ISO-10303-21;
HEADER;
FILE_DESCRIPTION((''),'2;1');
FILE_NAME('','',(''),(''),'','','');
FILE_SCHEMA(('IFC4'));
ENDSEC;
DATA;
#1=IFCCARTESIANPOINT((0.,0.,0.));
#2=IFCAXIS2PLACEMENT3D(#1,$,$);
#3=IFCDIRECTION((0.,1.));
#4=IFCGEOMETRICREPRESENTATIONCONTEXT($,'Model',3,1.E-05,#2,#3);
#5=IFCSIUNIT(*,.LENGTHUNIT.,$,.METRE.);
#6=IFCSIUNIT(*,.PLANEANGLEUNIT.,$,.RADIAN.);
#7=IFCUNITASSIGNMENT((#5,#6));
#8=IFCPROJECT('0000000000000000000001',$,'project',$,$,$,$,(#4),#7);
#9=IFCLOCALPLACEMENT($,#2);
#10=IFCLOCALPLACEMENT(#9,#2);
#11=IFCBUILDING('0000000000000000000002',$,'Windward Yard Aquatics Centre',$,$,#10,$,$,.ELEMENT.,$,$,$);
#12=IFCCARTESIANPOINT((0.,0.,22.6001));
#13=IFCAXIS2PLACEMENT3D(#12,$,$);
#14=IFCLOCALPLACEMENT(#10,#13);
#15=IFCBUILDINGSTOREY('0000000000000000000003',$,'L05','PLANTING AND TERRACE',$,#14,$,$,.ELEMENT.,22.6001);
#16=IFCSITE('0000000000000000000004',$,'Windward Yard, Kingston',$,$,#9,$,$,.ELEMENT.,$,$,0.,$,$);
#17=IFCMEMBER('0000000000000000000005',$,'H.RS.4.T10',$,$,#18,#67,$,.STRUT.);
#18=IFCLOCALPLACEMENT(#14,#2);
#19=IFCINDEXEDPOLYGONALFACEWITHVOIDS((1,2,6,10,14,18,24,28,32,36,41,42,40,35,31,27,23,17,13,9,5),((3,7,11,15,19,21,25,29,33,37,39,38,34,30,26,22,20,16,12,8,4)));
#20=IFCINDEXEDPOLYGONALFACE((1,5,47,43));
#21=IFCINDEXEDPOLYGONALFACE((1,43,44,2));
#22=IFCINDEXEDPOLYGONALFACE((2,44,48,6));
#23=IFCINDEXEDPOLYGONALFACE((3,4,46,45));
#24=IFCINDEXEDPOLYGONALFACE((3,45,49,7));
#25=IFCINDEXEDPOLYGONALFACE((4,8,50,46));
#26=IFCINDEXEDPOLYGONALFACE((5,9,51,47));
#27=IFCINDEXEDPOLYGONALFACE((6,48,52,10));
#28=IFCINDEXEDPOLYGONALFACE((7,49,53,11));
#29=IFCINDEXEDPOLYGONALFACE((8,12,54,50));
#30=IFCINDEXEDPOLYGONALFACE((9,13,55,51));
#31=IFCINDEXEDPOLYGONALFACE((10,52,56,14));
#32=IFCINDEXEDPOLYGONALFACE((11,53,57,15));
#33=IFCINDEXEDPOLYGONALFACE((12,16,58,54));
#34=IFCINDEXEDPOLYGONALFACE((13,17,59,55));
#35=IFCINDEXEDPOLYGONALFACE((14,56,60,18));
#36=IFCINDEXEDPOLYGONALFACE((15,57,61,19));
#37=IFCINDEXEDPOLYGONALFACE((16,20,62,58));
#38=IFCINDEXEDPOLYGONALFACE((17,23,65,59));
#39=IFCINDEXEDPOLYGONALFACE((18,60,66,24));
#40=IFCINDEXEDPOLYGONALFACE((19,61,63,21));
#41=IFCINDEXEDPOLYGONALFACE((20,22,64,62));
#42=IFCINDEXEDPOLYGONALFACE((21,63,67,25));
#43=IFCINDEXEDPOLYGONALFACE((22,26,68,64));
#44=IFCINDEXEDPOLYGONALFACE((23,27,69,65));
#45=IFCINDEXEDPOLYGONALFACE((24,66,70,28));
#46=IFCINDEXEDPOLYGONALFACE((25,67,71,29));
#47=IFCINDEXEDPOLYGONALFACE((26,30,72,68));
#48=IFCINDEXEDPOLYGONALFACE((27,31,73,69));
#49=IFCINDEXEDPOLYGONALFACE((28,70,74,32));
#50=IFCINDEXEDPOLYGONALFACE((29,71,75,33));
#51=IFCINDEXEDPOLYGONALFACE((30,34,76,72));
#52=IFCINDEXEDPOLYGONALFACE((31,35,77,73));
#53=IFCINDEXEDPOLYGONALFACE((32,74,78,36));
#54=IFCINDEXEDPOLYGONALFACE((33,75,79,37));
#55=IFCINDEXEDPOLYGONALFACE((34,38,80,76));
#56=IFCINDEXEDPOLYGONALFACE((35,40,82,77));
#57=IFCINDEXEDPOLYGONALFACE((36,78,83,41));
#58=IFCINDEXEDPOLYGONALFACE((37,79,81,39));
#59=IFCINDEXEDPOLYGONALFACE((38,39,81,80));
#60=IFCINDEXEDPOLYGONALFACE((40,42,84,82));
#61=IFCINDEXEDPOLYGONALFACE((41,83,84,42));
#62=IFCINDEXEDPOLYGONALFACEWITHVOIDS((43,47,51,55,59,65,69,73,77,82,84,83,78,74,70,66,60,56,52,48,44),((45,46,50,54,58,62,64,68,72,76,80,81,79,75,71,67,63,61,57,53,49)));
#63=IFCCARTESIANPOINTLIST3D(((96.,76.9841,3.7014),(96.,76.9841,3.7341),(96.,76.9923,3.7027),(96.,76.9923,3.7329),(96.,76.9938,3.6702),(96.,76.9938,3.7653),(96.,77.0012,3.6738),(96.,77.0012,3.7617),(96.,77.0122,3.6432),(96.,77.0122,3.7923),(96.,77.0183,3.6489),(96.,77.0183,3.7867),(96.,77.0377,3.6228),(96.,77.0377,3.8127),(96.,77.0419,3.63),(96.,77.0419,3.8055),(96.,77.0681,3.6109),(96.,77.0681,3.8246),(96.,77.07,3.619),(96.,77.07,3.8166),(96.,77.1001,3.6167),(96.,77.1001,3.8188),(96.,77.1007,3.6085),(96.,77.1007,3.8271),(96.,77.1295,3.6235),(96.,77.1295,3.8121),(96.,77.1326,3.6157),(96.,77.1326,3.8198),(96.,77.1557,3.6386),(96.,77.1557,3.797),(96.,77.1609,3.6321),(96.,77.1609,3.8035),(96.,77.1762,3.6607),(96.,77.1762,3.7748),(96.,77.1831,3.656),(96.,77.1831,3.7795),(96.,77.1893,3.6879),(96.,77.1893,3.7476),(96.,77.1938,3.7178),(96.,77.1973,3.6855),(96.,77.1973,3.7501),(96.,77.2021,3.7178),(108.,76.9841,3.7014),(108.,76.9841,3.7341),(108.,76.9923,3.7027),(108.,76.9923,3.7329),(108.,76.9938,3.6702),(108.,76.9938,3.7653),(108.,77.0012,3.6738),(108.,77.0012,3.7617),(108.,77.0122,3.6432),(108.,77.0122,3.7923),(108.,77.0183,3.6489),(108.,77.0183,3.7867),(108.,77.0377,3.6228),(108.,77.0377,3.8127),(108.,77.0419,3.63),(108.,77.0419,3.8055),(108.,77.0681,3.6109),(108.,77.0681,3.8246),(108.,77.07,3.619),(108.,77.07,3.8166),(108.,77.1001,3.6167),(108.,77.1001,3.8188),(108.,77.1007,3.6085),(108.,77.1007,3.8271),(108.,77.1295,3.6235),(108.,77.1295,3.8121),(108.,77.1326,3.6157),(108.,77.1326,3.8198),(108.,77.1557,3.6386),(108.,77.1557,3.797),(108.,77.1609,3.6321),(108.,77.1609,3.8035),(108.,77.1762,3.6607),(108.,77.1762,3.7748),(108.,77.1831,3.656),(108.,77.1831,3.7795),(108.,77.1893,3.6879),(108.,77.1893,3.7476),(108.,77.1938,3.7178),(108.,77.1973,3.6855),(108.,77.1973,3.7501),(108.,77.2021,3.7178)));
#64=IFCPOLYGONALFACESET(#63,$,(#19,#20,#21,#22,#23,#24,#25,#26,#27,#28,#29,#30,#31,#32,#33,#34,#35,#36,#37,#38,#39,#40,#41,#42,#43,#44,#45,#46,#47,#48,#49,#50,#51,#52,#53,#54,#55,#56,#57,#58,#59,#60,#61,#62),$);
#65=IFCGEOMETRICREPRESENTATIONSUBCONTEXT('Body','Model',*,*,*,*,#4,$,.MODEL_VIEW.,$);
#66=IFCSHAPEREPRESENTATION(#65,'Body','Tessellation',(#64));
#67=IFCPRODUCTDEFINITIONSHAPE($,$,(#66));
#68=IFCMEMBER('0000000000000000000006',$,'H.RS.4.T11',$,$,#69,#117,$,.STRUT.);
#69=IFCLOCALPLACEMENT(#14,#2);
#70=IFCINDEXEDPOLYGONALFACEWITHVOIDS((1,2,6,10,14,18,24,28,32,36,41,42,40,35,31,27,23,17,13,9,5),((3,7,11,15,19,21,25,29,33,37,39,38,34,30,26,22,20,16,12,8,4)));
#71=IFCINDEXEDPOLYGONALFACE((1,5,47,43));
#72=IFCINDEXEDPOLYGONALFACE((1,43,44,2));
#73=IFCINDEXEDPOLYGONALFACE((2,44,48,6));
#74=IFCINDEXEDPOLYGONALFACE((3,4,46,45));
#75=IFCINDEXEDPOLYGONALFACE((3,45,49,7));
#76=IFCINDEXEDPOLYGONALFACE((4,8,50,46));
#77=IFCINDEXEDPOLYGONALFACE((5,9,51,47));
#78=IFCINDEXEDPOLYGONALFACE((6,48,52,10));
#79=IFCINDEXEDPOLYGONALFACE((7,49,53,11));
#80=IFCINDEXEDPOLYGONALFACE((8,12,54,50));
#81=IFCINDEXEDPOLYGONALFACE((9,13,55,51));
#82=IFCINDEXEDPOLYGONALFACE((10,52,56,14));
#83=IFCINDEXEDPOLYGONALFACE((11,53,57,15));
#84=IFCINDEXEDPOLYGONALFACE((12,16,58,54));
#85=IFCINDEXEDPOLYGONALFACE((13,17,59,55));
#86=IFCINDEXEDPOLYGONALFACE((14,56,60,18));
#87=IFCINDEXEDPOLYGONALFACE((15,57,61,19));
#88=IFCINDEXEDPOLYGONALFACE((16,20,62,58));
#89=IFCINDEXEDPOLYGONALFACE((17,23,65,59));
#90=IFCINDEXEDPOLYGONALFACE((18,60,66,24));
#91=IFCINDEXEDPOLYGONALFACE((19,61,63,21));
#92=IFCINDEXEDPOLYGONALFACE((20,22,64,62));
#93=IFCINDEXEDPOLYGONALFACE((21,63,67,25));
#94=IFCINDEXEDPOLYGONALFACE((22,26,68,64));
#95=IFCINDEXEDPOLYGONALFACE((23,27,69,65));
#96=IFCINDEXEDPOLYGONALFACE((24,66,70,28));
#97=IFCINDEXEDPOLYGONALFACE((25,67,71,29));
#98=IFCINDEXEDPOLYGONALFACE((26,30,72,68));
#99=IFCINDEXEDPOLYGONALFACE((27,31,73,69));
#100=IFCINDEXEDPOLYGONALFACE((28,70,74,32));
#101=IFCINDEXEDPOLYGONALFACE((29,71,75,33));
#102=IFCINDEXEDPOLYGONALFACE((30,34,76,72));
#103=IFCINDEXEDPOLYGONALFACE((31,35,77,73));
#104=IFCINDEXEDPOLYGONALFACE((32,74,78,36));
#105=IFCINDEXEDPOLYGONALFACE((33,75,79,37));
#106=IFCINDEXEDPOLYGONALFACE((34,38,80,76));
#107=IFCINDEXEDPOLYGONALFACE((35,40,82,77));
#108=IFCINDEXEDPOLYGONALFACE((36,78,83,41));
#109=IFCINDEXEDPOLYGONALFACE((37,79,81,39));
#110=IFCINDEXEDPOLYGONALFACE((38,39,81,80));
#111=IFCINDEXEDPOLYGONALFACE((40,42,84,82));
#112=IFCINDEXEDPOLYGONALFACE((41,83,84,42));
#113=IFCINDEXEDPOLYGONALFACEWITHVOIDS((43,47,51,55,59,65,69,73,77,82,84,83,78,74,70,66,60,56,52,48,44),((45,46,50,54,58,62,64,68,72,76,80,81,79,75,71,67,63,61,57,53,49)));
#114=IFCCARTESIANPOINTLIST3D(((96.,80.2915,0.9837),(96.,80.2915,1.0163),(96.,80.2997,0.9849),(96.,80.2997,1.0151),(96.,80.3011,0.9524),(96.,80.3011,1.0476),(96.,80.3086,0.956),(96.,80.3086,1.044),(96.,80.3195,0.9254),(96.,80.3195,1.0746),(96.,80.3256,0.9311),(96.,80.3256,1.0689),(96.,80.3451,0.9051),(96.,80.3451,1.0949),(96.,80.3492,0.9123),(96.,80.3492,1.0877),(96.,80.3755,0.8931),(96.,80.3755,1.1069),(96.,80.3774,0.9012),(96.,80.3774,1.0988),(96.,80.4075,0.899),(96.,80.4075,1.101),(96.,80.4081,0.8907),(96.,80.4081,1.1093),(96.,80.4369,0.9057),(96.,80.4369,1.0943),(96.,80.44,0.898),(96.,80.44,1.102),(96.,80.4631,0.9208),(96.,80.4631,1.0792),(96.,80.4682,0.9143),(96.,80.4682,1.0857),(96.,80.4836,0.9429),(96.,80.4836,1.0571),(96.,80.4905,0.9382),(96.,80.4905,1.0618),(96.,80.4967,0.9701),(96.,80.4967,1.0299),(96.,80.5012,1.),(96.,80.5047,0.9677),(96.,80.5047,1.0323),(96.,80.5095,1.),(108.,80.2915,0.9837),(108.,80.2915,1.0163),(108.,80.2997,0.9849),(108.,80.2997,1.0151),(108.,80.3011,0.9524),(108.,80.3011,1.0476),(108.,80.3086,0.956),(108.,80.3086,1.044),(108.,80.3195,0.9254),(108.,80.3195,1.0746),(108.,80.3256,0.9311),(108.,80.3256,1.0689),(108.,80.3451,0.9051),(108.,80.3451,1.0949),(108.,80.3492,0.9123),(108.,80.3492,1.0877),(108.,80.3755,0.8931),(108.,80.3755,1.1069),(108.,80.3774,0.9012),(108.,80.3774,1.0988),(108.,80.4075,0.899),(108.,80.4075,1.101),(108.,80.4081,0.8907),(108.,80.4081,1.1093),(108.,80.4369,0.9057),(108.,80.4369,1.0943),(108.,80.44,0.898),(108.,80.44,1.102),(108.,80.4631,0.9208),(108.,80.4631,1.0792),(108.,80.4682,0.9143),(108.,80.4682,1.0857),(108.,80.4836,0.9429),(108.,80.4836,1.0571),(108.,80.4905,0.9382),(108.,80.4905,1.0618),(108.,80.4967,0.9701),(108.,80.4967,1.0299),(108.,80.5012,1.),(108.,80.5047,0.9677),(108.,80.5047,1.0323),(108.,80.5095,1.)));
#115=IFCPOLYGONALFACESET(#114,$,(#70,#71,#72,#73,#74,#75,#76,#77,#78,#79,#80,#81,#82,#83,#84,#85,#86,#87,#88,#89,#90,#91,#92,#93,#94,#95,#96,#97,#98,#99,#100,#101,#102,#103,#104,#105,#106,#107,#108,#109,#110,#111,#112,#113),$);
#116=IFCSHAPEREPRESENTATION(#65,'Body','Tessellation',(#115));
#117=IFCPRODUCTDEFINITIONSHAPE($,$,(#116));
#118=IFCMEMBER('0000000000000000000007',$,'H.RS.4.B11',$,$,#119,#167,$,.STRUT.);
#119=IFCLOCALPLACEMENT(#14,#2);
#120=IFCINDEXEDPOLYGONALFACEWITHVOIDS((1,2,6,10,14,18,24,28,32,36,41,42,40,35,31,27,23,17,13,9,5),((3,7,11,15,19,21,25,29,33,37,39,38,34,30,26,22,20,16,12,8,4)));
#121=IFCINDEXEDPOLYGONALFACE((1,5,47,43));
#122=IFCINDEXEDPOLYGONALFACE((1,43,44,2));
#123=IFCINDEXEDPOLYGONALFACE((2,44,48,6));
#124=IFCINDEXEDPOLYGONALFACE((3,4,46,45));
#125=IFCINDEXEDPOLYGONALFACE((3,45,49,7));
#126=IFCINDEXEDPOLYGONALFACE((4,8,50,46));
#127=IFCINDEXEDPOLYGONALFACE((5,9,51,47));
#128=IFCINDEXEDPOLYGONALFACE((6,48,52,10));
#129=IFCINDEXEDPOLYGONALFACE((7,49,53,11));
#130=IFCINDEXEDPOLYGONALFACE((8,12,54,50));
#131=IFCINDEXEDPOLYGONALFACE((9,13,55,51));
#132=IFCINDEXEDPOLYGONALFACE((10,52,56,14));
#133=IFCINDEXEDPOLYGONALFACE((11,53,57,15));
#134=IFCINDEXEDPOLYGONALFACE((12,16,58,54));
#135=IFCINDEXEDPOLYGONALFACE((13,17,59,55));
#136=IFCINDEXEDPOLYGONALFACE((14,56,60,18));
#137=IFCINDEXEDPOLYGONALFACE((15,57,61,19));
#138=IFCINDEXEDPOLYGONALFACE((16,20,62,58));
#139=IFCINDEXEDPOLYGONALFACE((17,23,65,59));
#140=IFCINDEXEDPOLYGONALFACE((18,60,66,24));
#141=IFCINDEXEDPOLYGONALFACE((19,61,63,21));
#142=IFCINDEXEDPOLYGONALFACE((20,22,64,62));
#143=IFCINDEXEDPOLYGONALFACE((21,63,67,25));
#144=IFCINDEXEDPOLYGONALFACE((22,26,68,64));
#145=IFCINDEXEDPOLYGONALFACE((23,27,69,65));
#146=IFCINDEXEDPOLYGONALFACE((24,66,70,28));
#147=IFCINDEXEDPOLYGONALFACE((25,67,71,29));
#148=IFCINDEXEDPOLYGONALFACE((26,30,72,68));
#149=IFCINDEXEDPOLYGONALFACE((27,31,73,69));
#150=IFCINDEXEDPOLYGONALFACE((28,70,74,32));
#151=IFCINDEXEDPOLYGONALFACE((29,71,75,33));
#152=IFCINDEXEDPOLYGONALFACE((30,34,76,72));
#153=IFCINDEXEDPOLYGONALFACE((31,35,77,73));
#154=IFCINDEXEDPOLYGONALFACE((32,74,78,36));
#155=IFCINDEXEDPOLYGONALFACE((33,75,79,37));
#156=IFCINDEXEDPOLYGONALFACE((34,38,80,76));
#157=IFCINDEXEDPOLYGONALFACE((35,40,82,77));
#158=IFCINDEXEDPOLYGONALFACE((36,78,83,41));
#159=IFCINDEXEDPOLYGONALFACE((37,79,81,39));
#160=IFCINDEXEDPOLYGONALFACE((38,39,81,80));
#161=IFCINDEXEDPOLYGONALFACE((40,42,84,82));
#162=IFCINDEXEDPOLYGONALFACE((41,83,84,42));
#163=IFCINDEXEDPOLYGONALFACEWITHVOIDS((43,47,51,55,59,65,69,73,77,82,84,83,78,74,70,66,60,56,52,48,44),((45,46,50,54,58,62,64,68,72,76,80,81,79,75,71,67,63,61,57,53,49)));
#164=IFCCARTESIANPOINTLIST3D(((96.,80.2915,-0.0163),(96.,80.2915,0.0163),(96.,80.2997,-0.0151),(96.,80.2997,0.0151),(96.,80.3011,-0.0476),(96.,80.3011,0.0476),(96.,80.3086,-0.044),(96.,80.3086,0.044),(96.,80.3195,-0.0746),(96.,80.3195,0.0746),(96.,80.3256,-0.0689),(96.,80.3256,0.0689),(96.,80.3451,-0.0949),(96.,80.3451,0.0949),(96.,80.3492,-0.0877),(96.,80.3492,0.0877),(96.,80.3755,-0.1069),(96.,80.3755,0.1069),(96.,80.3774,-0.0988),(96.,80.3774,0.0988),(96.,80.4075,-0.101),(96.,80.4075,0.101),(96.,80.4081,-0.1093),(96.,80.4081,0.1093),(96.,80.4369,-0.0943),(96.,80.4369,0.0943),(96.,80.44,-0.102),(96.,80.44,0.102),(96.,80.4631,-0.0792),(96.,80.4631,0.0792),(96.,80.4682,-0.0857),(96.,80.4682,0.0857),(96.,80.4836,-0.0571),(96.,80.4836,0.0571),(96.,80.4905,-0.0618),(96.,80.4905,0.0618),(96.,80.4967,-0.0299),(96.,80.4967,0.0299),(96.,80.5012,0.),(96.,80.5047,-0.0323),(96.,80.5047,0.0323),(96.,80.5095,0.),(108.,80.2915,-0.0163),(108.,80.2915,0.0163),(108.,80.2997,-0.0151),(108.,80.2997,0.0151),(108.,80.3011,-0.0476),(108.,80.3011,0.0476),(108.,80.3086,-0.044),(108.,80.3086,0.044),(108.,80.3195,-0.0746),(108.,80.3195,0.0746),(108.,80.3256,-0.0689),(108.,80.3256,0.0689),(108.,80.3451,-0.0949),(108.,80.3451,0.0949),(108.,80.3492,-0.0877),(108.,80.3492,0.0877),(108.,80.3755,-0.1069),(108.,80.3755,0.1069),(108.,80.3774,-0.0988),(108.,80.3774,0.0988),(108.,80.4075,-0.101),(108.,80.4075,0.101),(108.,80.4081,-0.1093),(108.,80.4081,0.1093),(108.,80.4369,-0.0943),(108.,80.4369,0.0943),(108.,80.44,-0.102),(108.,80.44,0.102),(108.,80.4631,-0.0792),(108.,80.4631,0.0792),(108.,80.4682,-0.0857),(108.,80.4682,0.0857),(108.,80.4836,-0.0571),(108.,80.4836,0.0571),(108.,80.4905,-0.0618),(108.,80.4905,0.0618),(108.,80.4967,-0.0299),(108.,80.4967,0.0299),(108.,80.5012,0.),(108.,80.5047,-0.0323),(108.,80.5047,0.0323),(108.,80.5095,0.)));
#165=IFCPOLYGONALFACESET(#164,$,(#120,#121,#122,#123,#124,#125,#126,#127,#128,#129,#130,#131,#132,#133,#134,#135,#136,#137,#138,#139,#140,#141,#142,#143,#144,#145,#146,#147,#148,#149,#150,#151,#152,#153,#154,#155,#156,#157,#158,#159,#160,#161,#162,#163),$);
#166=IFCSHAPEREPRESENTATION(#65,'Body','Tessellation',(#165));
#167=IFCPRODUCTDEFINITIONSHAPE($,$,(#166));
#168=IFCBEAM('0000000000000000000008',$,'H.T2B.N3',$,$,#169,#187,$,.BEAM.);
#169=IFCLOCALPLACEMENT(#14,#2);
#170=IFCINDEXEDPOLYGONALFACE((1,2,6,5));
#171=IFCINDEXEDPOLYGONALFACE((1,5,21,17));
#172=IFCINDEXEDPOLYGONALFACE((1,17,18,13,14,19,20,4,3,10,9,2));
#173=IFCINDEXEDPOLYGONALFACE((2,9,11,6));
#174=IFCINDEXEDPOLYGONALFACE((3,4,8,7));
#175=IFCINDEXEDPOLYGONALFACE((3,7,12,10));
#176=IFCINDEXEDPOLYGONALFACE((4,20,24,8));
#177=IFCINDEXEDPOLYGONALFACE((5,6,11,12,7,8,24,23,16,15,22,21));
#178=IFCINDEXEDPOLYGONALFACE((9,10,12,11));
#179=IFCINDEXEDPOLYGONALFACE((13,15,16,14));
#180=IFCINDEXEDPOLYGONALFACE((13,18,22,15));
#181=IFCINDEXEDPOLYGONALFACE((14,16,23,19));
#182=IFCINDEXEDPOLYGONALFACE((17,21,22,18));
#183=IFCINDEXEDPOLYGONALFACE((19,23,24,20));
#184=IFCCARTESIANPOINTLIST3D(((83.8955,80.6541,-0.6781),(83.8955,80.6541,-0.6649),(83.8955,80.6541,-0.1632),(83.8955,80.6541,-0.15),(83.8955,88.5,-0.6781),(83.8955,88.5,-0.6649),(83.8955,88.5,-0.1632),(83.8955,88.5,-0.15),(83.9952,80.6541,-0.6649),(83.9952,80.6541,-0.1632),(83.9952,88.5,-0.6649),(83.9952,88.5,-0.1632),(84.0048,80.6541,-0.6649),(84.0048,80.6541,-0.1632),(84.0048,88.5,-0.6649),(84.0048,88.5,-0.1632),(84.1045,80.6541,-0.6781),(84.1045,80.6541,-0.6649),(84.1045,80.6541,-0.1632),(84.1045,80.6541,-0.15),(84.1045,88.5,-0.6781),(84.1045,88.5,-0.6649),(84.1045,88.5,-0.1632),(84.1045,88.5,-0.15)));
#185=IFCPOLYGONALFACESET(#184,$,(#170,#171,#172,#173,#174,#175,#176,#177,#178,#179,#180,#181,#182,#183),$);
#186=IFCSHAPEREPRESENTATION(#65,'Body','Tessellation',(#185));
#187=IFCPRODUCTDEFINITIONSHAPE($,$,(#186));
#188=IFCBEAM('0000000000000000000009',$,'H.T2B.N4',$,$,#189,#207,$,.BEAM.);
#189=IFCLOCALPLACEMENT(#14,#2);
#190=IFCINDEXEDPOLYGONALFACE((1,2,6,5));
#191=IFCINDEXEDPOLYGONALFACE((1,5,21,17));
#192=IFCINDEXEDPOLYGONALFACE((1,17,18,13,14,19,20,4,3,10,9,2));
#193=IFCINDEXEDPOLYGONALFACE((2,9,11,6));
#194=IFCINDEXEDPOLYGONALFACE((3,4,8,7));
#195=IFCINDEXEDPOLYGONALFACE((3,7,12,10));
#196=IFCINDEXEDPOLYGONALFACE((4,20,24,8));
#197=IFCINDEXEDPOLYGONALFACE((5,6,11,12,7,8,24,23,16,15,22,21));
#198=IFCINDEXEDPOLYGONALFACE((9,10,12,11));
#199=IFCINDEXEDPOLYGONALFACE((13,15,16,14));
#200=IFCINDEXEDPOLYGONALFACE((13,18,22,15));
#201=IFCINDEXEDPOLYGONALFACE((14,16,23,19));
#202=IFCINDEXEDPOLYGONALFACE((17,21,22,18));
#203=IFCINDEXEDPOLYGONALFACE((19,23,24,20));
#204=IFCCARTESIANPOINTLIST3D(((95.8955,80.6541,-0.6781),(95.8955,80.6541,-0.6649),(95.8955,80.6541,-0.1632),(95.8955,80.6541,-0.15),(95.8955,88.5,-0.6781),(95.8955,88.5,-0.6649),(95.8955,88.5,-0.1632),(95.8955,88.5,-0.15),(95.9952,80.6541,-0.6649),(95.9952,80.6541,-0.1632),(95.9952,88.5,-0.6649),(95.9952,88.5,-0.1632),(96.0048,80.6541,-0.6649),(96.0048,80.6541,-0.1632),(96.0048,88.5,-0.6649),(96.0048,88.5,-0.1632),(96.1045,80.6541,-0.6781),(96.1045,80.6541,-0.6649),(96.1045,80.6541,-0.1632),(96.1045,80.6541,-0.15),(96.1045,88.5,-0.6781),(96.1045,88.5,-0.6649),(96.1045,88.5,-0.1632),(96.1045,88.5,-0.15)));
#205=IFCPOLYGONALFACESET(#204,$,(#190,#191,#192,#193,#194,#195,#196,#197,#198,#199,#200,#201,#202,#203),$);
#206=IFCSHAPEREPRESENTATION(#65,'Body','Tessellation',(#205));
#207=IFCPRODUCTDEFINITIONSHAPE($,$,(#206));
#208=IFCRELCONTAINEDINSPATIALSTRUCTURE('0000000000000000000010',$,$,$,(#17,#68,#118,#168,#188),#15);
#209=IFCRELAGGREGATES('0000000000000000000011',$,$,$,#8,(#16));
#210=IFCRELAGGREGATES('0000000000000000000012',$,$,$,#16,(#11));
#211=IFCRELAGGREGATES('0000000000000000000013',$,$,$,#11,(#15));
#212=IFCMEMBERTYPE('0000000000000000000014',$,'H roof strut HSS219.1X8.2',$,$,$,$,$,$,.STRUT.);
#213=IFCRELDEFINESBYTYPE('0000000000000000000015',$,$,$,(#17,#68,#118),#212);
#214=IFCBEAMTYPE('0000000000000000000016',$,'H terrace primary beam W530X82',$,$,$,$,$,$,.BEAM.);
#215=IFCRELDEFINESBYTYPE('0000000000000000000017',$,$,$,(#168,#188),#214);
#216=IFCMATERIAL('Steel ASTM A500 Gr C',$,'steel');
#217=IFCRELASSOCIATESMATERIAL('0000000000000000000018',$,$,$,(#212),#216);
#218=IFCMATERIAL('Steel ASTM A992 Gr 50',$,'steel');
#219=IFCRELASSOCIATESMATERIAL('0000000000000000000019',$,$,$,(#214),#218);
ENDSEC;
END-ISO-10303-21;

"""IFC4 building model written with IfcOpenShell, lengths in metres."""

from ifc_helpers import new_model, si_unit, direction, frame, origin, origin_2d, place, context, subcontext, project, spatial, hollow_circle, i_section, extrude, material, material_profile, profile_set, type_object, element, save


model = new_model("IFC4")

# Units and contexts
model_context = context("Model", 3, precision=1e-05, world=origin(), true_north=direction((0.0, 1.0)))
body_context = subcontext(model_context, "Body", "Model", "MODEL_VIEW")
ifc_project = project(units=[si_unit("LENGTHUNIT", "METRE"), si_unit("PLANEANGLEUNIT", "RADIAN")], contexts=[model_context])

# Site, building, storey
site_placement = place(None, origin())
site = spatial("IfcSite", under=ifc_project, at=site_placement, Name="Windward Yard, Kingston", CompositionType="ELEMENT", RefElevation=0.0)
building_placement = place(site_placement, origin())
building = spatial("IfcBuilding", under=site, at=building_placement, Name="Windward Yard Aquatics Centre", CompositionType="ELEMENT")
storey_placement = place(building_placement, frame((0.0, 0.0, 22.6001)))
storey = spatial("IfcBuildingStorey", under=building, at=storey_placement, Name="L05", Description="PLANTING AND TERRACE", CompositionType="ELEMENT", Elevation=22.6001)

# Shared definitions
ifc_material_1 = material(Name="Steel ASTM A500 Gr C", Category="steel")

# Shared definitions
ifc_material_2 = material(Name="Steel ASTM A992 Gr 50", Category="steel")

# Members
ifc_material_profile_1 = material_profile(ifc_material_1, hollow_circle(Radius=0.1096, WallThickness=0.0083, at=origin_2d()), Name="HSS219.1X8.2")
ifc_profile_set_1 = profile_set([ifc_material_profile_1], Name="Steel ASTM A500 Gr C")
member_type_1 = type_object("IfcMemberType", Name="H roof strut HSS219.1X8.2", PredefinedType="STRUT", material=ifc_profile_set_1)
for number, where, z_axis, x_axis, name in (
    (1, (96.0, 77.0925, 3.7178), (1.0, 0.0, 0.0), (0.0, 1.0, 0.0), "H.RS.4.T10"),
    (2, (96.0, 80.3999, 1.0), (1.0, 0.0, 0.0), (0.0, 1.0, 0.0), "H.RS.4.T11"),
    (3, (96.0, 80.3999, 0.0), (1.0, 0.0, 0.0), (0.0, 1.0, 0.0), "H.RS.4.B11"),
):
    element("IfcMember", number, at=place(storey_placement, frame(where, z_axis=z_axis, x_axis=x_axis)), inside=storey, type_object=member_type_1, Name=name, PredefinedType="STRUT", context=body_context, shape_type="SweptSolid", body=[
        extrude(hollow_circle(Radius=0.1096, WallThickness=0.0083, at=origin_2d()), origin(), (0.0, 0.0, 1.0), 12.0),
    ])

# Beams
ifc_material_profile_2 = material_profile(ifc_material_2, i_section(OverallWidth=0.209, OverallDepth=0.5281, WebThickness=0.0095, FlangeThickness=0.0132, at=origin_2d()), Name="W530X82")
ifc_profile_set_2 = profile_set([ifc_material_profile_2], Name="Steel ASTM A992 Gr 50")
beam_type_1 = type_object("IfcBeamType", Name="H terrace primary beam W530X82", PredefinedType="BEAM", material=ifc_profile_set_2)
for number, where, z_axis, x_axis, name in (
    (4, (84.0, 88.5, -0.4141), (0.0, -1.0, 0.0), (1.0, 0.0, 0.0), "H.T2B.N3"),
    (5, (96.0, 88.5, -0.4141), (0.0, -1.0, 0.0), (1.0, 0.0, 0.0), "H.T2B.N4"),
):
    element("IfcBeam", number, at=place(storey_placement, frame(where, z_axis=z_axis, x_axis=x_axis)), inside=storey, type_object=beam_type_1, Name=name, PredefinedType="BEAM", context=body_context, shape_type="SweptSolid", body=[
        extrude(i_section(OverallWidth=0.209, OverallDepth=0.5281, WebThickness=0.0095, FlangeThickness=0.0132, at=origin_2d()), origin(), (0.0, 0.0, 1.0), 7.8459),
    ])

save(model, "model.ifc")
